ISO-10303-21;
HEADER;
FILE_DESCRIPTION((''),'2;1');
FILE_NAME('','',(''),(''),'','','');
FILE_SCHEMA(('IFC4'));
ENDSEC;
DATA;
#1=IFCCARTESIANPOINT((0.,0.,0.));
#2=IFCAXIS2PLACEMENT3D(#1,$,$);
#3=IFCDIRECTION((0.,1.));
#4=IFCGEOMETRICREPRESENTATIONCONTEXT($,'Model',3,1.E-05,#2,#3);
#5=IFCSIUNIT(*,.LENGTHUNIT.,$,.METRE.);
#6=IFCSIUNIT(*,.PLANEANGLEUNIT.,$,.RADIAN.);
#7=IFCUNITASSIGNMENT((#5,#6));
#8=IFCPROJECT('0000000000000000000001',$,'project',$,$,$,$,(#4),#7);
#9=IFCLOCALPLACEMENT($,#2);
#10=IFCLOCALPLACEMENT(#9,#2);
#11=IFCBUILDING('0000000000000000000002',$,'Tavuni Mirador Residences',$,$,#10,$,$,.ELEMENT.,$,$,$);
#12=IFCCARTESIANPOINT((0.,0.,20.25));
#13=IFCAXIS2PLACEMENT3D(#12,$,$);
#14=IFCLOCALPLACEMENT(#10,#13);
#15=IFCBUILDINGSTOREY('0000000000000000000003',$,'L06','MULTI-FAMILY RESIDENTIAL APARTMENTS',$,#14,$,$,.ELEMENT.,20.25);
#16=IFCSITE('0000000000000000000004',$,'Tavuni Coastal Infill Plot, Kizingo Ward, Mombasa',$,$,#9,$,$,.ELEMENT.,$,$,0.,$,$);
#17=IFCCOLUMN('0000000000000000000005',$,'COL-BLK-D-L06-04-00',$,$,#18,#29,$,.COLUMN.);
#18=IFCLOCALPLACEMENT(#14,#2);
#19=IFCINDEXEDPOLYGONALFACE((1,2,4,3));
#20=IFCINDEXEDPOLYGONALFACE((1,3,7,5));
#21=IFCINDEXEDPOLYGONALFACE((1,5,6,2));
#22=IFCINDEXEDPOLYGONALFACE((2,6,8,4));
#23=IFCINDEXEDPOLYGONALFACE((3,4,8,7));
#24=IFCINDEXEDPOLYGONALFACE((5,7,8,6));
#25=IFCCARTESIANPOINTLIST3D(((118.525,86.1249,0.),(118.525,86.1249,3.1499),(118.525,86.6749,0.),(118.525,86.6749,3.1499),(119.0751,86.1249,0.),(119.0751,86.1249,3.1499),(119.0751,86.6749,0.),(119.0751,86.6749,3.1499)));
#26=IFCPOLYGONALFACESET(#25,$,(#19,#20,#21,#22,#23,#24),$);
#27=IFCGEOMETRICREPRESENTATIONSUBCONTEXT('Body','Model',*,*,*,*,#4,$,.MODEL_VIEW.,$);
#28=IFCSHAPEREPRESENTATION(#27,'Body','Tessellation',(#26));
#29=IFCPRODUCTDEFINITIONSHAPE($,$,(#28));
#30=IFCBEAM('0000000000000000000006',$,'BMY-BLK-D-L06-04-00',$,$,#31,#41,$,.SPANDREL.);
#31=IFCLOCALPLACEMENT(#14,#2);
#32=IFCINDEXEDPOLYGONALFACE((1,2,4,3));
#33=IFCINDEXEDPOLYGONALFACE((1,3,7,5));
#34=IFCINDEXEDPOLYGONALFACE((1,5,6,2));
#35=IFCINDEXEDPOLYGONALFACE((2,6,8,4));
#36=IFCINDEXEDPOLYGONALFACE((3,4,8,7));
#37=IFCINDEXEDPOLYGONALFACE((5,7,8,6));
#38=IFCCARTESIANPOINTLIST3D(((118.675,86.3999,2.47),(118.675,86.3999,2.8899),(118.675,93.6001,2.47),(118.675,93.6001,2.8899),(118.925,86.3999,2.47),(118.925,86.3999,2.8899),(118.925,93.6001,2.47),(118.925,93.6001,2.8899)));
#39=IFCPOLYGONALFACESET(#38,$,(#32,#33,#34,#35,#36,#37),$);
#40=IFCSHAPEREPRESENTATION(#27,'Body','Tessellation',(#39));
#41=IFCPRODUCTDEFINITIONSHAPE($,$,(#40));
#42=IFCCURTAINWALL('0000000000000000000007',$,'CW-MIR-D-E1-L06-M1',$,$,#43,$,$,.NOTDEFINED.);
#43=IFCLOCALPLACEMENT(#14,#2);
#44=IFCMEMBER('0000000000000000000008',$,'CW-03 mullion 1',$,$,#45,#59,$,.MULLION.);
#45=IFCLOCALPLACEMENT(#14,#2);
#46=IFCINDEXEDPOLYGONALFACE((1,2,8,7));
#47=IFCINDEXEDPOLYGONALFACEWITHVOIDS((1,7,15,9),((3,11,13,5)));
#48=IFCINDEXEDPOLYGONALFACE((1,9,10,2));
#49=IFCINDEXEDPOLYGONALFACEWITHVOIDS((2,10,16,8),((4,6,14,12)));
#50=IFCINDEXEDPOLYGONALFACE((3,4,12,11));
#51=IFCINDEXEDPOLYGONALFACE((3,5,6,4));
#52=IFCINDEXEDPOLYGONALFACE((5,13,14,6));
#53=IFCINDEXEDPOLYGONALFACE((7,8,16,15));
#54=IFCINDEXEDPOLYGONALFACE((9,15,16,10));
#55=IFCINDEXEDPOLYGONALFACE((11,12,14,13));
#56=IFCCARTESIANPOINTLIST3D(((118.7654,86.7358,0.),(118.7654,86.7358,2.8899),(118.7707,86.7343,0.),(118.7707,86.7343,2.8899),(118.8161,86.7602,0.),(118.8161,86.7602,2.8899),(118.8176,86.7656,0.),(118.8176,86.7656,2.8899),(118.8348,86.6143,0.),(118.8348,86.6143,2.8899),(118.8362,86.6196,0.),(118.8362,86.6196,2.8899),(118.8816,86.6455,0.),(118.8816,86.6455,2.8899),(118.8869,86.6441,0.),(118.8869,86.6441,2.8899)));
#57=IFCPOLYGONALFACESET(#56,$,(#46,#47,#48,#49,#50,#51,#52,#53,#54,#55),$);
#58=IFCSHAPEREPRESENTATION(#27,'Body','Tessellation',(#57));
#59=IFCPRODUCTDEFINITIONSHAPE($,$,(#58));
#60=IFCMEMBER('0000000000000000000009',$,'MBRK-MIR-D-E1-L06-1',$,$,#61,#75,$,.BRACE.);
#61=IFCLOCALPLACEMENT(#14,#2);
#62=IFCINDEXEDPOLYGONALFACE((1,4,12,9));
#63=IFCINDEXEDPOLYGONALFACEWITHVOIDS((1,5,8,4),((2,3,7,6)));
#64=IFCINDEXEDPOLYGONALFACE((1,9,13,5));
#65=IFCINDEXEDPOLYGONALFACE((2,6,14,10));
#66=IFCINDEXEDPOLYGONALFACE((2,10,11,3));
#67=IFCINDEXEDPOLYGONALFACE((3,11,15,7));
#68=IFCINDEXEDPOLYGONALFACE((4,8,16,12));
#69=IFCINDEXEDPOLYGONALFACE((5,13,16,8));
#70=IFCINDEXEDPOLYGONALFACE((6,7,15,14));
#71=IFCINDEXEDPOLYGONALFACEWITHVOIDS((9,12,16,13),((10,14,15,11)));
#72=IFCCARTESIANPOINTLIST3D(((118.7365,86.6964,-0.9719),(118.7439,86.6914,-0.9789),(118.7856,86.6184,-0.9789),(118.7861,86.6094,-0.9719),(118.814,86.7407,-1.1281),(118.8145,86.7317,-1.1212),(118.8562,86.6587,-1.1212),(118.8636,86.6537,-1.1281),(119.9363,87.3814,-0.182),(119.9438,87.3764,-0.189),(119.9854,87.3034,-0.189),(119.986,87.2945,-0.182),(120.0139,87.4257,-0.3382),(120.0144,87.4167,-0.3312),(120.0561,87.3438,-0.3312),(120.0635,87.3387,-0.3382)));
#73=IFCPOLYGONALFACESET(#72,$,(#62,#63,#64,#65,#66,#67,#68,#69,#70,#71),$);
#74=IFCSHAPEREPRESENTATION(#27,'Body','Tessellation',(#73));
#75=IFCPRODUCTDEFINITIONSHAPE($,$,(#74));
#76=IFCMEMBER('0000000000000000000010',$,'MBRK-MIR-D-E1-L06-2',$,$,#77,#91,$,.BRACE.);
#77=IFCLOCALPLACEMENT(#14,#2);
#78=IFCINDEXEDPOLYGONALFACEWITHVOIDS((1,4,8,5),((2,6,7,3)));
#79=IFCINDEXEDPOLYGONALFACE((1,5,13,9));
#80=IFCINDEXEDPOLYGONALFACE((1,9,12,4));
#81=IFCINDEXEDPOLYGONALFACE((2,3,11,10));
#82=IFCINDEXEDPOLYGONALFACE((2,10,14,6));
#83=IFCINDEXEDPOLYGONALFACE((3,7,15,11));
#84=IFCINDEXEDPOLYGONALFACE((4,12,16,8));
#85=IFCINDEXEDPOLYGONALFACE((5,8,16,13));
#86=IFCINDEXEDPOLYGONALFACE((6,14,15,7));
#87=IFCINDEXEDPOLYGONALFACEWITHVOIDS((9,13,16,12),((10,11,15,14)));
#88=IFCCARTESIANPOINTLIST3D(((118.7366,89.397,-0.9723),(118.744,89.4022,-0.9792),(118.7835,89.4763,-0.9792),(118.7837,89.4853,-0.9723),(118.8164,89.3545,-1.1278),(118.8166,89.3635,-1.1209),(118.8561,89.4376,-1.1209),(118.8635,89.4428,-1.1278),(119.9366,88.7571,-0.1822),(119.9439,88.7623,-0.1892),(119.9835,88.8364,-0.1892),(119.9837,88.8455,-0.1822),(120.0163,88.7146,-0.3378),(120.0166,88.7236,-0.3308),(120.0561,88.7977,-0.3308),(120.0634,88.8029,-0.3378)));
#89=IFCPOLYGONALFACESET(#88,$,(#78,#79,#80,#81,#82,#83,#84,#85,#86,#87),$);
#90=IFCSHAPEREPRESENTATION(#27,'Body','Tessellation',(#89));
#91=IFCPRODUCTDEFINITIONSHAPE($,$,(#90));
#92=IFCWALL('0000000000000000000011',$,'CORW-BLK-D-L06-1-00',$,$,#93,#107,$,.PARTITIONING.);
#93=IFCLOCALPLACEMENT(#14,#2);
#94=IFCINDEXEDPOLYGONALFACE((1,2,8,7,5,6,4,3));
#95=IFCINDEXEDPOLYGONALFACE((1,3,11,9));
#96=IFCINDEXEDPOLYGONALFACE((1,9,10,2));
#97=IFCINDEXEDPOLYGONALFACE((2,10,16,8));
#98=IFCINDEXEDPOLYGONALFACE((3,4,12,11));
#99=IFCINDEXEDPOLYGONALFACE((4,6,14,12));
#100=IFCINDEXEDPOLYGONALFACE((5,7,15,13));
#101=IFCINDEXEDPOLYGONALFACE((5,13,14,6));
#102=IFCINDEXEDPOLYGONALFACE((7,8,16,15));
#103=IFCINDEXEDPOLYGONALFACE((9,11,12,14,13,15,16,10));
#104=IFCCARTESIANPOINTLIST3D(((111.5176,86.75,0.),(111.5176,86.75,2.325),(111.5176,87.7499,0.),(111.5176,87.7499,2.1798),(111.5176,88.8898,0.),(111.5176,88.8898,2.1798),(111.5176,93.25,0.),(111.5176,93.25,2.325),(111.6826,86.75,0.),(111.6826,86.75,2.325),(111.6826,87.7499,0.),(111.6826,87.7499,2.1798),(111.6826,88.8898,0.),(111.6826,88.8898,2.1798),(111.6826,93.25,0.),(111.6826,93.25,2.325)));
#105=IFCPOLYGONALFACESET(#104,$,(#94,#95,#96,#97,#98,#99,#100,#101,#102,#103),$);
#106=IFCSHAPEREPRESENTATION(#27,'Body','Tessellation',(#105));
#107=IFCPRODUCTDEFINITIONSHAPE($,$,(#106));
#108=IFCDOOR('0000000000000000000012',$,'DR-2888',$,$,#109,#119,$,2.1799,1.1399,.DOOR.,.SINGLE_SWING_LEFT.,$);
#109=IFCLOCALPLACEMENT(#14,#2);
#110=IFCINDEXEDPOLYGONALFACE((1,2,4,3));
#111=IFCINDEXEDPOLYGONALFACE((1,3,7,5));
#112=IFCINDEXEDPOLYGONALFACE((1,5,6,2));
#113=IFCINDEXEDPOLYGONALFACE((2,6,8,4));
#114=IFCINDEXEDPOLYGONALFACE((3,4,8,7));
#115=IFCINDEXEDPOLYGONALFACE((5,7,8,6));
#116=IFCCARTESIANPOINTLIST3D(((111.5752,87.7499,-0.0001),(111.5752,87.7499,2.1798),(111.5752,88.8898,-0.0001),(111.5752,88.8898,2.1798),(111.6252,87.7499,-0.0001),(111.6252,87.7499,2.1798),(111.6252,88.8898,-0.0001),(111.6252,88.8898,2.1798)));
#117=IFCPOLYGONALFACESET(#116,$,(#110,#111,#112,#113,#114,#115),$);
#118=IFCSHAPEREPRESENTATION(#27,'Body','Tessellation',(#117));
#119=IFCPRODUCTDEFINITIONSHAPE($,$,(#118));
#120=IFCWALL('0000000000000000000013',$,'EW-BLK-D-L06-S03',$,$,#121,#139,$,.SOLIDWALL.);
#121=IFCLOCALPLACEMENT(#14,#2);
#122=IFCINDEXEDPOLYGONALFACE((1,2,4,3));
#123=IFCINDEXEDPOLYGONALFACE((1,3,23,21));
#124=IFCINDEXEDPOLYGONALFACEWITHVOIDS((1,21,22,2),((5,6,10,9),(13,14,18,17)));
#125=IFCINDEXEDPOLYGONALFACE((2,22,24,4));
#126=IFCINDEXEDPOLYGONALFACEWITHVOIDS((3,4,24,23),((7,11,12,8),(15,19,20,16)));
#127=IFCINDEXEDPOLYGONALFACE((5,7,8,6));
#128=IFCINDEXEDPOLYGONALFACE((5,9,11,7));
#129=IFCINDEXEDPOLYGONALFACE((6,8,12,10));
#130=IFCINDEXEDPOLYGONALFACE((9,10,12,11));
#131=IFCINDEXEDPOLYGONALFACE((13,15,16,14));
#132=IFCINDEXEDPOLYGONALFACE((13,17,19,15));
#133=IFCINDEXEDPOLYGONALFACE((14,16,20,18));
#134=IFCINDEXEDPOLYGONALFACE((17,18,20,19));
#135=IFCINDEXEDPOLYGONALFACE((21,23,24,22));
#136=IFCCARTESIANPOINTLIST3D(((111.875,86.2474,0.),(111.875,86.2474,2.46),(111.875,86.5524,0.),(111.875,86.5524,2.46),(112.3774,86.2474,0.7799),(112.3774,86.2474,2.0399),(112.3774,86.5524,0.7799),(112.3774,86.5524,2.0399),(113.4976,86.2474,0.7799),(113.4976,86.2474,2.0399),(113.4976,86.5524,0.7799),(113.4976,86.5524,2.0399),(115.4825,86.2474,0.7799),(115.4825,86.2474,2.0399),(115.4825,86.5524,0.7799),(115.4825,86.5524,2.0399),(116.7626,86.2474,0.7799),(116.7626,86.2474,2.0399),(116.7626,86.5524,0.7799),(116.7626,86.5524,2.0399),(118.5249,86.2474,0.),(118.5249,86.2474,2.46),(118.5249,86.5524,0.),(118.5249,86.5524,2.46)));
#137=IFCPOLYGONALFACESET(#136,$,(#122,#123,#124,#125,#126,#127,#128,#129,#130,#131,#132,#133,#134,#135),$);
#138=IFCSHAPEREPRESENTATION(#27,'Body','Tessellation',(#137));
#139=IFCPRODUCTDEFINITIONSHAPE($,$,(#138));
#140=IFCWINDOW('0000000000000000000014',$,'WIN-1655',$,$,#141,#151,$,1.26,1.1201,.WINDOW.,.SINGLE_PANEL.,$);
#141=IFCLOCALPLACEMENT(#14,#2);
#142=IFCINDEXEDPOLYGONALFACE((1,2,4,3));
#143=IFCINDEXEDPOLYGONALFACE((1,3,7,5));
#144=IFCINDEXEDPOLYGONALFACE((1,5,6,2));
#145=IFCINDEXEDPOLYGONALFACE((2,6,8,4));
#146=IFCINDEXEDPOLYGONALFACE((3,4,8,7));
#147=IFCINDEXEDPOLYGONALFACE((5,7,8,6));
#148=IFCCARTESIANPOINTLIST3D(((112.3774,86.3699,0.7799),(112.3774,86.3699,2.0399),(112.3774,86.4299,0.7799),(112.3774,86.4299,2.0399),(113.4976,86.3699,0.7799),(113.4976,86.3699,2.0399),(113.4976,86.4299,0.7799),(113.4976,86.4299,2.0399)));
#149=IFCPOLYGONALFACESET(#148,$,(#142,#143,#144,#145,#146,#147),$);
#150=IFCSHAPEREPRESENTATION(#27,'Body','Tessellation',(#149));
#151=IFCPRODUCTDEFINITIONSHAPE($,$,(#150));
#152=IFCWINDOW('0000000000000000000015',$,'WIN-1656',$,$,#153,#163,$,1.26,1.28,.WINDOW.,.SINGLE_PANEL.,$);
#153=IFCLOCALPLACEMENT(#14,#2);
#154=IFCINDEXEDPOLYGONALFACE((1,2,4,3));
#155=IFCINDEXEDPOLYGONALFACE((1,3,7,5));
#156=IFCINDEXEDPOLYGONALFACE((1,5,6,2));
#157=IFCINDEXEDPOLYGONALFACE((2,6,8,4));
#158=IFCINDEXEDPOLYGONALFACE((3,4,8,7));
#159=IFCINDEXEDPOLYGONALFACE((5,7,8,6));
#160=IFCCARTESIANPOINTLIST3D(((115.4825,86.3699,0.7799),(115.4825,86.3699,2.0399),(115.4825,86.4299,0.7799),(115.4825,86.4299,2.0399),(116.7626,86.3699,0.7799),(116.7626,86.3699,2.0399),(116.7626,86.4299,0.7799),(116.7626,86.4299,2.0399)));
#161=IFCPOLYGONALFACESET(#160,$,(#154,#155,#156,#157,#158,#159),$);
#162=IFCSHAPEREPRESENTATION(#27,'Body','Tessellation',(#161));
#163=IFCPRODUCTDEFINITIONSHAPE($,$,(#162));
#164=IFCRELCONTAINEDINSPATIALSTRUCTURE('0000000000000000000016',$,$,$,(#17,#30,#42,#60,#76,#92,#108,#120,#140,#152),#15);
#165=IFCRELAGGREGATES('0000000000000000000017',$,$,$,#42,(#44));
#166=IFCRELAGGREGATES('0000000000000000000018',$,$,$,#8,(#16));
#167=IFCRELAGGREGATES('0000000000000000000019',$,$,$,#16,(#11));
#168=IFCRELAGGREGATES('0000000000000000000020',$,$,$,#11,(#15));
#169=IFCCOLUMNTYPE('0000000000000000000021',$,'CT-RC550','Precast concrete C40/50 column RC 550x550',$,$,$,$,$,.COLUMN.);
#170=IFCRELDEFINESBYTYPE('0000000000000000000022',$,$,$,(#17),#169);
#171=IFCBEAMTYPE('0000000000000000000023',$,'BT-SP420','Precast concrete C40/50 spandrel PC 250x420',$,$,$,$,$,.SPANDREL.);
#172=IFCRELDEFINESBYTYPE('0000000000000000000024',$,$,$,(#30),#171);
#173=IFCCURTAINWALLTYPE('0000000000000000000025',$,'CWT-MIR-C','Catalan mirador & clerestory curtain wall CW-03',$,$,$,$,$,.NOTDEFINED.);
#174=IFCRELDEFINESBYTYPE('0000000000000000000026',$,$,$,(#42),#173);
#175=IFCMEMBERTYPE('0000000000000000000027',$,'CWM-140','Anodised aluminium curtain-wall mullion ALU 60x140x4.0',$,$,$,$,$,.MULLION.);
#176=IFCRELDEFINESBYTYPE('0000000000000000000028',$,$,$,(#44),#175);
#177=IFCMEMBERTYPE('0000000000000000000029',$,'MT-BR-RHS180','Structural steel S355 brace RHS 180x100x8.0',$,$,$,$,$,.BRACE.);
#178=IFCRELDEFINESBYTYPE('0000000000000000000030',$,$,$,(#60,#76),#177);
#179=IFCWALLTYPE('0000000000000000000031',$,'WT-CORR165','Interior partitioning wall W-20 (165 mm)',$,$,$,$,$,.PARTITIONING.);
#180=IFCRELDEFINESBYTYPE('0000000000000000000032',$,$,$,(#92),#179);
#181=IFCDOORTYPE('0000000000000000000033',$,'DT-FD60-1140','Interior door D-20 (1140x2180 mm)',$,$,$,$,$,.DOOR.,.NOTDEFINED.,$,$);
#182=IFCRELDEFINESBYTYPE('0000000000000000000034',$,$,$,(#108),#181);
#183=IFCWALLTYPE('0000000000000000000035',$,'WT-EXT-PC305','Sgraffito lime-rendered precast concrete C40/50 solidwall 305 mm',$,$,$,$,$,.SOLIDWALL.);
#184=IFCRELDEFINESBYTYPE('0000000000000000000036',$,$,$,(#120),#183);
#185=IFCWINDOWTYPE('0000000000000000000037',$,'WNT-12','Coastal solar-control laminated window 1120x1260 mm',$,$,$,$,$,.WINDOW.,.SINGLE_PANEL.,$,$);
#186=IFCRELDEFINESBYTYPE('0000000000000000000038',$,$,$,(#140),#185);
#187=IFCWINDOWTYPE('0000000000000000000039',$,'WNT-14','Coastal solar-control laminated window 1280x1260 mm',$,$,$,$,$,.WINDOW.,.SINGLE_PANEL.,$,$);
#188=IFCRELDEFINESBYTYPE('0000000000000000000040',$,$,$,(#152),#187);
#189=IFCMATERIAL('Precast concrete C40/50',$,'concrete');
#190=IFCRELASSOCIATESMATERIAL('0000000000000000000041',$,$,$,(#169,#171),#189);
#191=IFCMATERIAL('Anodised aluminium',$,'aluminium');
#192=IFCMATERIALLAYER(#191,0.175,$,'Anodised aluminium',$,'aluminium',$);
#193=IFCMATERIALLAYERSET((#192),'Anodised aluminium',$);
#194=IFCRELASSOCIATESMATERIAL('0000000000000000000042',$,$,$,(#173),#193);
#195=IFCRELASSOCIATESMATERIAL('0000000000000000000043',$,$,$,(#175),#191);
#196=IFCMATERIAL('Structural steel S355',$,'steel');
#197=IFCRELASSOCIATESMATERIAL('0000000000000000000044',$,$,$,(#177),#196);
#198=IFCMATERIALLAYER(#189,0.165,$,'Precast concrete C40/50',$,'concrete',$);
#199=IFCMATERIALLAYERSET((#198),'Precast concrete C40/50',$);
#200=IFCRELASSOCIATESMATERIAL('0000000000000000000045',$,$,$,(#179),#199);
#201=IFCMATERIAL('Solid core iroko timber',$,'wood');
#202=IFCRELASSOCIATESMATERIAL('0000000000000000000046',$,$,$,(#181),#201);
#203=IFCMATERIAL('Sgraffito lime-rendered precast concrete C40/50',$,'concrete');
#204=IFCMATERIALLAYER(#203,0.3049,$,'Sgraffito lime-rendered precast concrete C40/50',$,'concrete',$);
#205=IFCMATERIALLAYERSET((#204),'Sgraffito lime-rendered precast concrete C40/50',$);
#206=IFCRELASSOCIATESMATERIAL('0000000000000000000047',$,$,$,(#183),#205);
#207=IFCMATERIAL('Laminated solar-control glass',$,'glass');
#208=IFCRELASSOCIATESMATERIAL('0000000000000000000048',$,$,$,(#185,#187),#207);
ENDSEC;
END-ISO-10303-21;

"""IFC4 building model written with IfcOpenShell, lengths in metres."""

from ifc_helpers import new_model, si_unit, direction, frame, frame_2d, origin, origin_2d, place, context, subcontext, project, spatial, rectangle, hollow_rectangle, extrude, material, layer, layer_set, material_profile, profile_set, type_object, element, fill, aggregate, save


model = new_model("IFC4")

# Units and contexts
model_context = context("Model", 3, precision=1e-05, world=origin(), true_north=direction((0.0, 1.0)))
body_context = subcontext(model_context, "Body", "Model", "MODEL_VIEW")
ifc_project = project(units=[si_unit("LENGTHUNIT", "METRE"), si_unit("PLANEANGLEUNIT", "RADIAN")], contexts=[model_context])

# Site, building, storey
site_placement = place(None, origin())
site = spatial("IfcSite", under=ifc_project, at=site_placement, Name="Tavuni Coastal Infill Plot, Kizingo Ward, Mombasa", CompositionType="ELEMENT", RefElevation=0.0)
building_placement = place(site_placement, origin())
building = spatial("IfcBuilding", under=site, at=building_placement, Name="Tavuni Mirador Residences", CompositionType="ELEMENT")
storey_placement = place(building_placement, frame((0.0, 0.0, 20.25)))
storey = spatial("IfcBuildingStorey", under=building, at=storey_placement, Name="L06", Description="MULTI-FAMILY RESIDENTIAL APARTMENTS", CompositionType="ELEMENT", Elevation=20.25)

# Column
ifc_material_1 = material(Name="Precast concrete C40/50", Category="concrete")
ifc_material_profile_1 = material_profile(ifc_material_1, rectangle(XDim=0.55, YDim=0.55, at=origin_2d()), Name="RC 550x550", Category="concrete")
ifc_profile_set_1 = profile_set([ifc_material_profile_1], Name="Precast concrete C40/50")
column_type = type_object("IfcColumnType", Name="CT-RC550", Description="Precast concrete C40/50 column RC 550x550", PredefinedType="COLUMN", material=ifc_profile_set_1)
column_placement = place(storey_placement, frame((118.8, 86.3999, 0.0), z_axis=(0.0, 0.0, 1.0), x_axis=(1.0, 0.0, 0.0)))
element("IfcColumn", 1, at=column_placement, inside=storey, type_object=column_type, Name="COL-BLK-D-L06-04-00", PredefinedType="COLUMN", context=body_context, shape_type="SweptSolid", body=[
    extrude(rectangle(XDim=0.55, YDim=0.55, at=origin_2d()), origin(), (0.0, 0.0, 1.0), 3.1499),
])

# Beam
ifc_material_profile_2 = material_profile(ifc_material_1, rectangle(XDim=0.25, YDim=0.4199, at=origin_2d()), Name="PC 250x420", Category="concrete")
ifc_profile_set_2 = profile_set([ifc_material_profile_2], Name="Precast concrete C40/50")
beam_type = type_object("IfcBeamType", Name="BT-SP420", Description="Precast concrete C40/50 spandrel PC 250x420", PredefinedType="SPANDREL", material=ifc_profile_set_2)
beam_placement = place(storey_placement, frame((118.8, 86.3999, 2.6799), z_axis=(0.0, 1.0, 0.0), x_axis=(-1.0, 0.0, 0.0)))
element("IfcBeam", 2, at=beam_placement, inside=storey, type_object=beam_type, Name="BMY-BLK-D-L06-04-00", PredefinedType="SPANDREL", context=body_context, shape_type="SweptSolid", body=[
    extrude(rectangle(XDim=0.25, YDim=0.4199, at=origin_2d()), origin(), (0.0, 0.0, 1.0), 7.2002),
])

# Curtain wall, member
ifc_material_2 = material(Name="Anodised aluminium", Category="aluminium")
ifc_layer_1 = layer(ifc_material_2, 0.175, Name="Anodised aluminium", Category="aluminium")
ifc_layer_set_1 = layer_set([ifc_layer_1], Name="Anodised aluminium")
curtain_wall_type = type_object("IfcCurtainWallType", Name="CWT-MIR-C", Description="Catalan mirador & clerestory curtain wall CW-03", PredefinedType="NOTDEFINED", material=ifc_layer_set_1)
curtain_wall_placement = place(storey_placement, origin())
curtain_wall = element("IfcCurtainWall", 3, at=curtain_wall_placement, inside=storey, type_object=curtain_wall_type, Name="CW-MIR-D-E1-L06-M1", PredefinedType="NOTDEFINED")
ifc_material_profile_3 = material_profile(ifc_material_2, hollow_rectangle(XDim=0.0601, YDim=0.1399, WallThickness=0.0039, at=origin_2d()), Name="ALU 60x140x4.0", Category="aluminium")
ifc_profile_set_3 = profile_set([ifc_material_profile_3], Name="Anodised aluminium")
member_type_1 = type_object("IfcMemberType", Name="CWM-140", Description="Anodised aluminium curtain-wall mullion ALU 60x140x4.0", PredefinedType="MULLION", material=ifc_profile_set_3)
member_1_placement = place(storey_placement, frame((118.8262, 86.6899, 0.0), z_axis=(0.0, 0.0, 1.0), x_axis=(0.868466, 0.495749, 0.0)))
member_1 = element("IfcMember", 4, at=member_1_placement, type_object=member_type_1, Name="CW-03 mullion 1", PredefinedType="MULLION", context=body_context, shape_type="SweptSolid", body=[
    extrude(hollow_rectangle(XDim=0.0601, YDim=0.1399, WallThickness=0.0039, at=origin_2d()), origin(), (0.0, 0.0, 1.0), 2.8899),
])
aggregate(curtain_wall, [member_1])

# Members
ifc_material_3 = material(Name="Structural steel S355", Category="steel")
ifc_material_profile_4 = material_profile(ifc_material_3, hollow_rectangle(XDim=0.1001, YDim=0.1799, WallThickness=0.0081, at=origin_2d()), Name="RHS 180x100x8.0", Category="steel")
ifc_profile_set_4 = profile_set([ifc_material_profile_4], Name="Structural steel S355")
member_type_2 = type_object("IfcMemberType", Name="MT-BR-RHS180", Description="Structural steel S355 brace RHS 180x100x8.0", PredefinedType="BRACE", material=ifc_profile_set_4)
member_2_placement = place(storey_placement, frame((118.8, 86.675, -1.05), z_axis=(0.753904, 0.430408, 0.496365), x_axis=(-0.495796, 0.868439, 0.0)))
element("IfcMember", 5, at=member_2_placement, inside=storey, type_object=member_type_2, Name="MBRK-MIR-D-E1-L06-1", PredefinedType="BRACE", context=body_context, shape_type="SweptSolid", body=[
    extrude(hollow_rectangle(XDim=0.1001, YDim=0.1799, WallThickness=0.0081, at=origin_2d()), origin(), (0.0, 0.0, 1.0), 1.5916),
])
member_3_placement = place(storey_placement, frame((118.8, 89.4199, -1.05), z_axis=(0.762969, -0.406865, 0.502333), x_axis=(0.470542, 0.882378, 0.0)))
element("IfcMember", 6, at=member_3_placement, inside=storey, type_object=member_type_2, Name="MBRK-MIR-D-E1-L06-2", PredefinedType="BRACE", context=body_context, shape_type="SweptSolid", body=[
    extrude(hollow_rectangle(XDim=0.1001, YDim=0.1799, WallThickness=0.0081, at=origin_2d()), origin(), (0.0, 0.0, 1.0), 1.5728),
])

# Wall, opening, door
ifc_layer_2 = layer(ifc_material_1, 0.165, Name="Precast concrete C40/50", Category="concrete")
ifc_layer_set_2 = layer_set([ifc_layer_2], Name="Precast concrete C40/50")
wall_type_1 = type_object("IfcWallType", Name="WT-CORR165", Description="Interior partitioning wall W-20 (165 mm)", PredefinedType="PARTITIONING", material=ifc_layer_set_2)
wall_1_placement = place(storey_placement, frame((111.6001, 86.75, 0.0), z_axis=(0.0, 0.0, 1.0), x_axis=(0.0, 1.0, 0.0)))
wall_1 = element("IfcWall", 7, at=wall_1_placement, inside=storey, type_object=wall_type_1, Name="CORW-BLK-D-L06-1-00", PredefinedType="PARTITIONING", context=body_context, shape_type="SweptSolid", body=[
    extrude(rectangle(XDim=6.5, YDim=0.165, at=frame_2d((3.25, 0.0))), origin(), (0.0, 0.0, 1.0), 2.325),
])
opening_1_placement = place(wall_1_placement, frame((1.0, 0.0, 0.0)))
opening_1 = element("IfcOpeningElement", 8, at=opening_1_placement, cuts=wall_1, PredefinedType="OPENING", context=body_context, shape_type="SweptSolid", body=[
    extrude(rectangle(XDim=1.1399, YDim=2.1799, at=frame_2d((0.5698, 1.0898))), frame((0.0, 0.0925, 0.0), z_axis=(0.0, -1.0, 0.0), x_axis=(1.0, 0.0, 0.0)), (0.0, 0.0, 1.0), 0.1851),
])
ifc_material_4 = material(Name="Solid core iroko timber", Category="wood")
door_type_1 = type_object("IfcDoorType", Name="DT-FD60-1140", Description="Interior door D-20 (1140x2180 mm)", OperationType="NOTDEFINED", PredefinedType="DOOR", material=ifc_material_4)
door_1_placement = place(opening_1_placement, origin())
door_1 = element("IfcDoor", 9, at=door_1_placement, inside=storey, type_object=door_type_1, Name="DR-2888", OperationType="SINGLE_SWING_LEFT", OverallHeight=2.1799, OverallWidth=1.1399, PredefinedType="DOOR", context=body_context, shape_type="SweptSolid", body=[
    extrude(rectangle(XDim=1.1399, YDim=2.1799, at=frame_2d((0.5698, 1.0898))), frame((0.0, 0.0249, 0.0), z_axis=(0.0, -1.0, 0.0), x_axis=(1.0, 0.0, 0.0)), (0.0, 0.0, 1.0), 0.05),
])
fill(opening_1, door_1)

# Wall, openings, windows
ifc_material_5 = material(Name="Sgraffito lime-rendered precast concrete C40/50", Category="concrete")
ifc_layer_3 = layer(ifc_material_5, 0.3049, Name="Sgraffito lime-rendered precast concrete C40/50", Category="concrete")
ifc_layer_set_3 = layer_set([ifc_layer_3], Name="Sgraffito lime-rendered precast concrete C40/50")
wall_type_2 = type_object("IfcWallType", Name="WT-EXT-PC305", Description="Sgraffito lime-rendered precast concrete C40/50 solidwall 305 mm", PredefinedType="SOLIDWALL", material=ifc_layer_set_3)
wall_2_placement = place(storey_placement, frame((111.875, 86.3999, 0.0), z_axis=(0.0, 0.0, 1.0), x_axis=(1.0, 0.0, 0.0)))
wall_2 = element("IfcWall", 10, at=wall_2_placement, inside=storey, type_object=wall_type_2, Name="EW-BLK-D-L06-S03", PredefinedType="SOLIDWALL", context=body_context, shape_type="SweptSolid", body=[
    extrude(rectangle(XDim=6.6499, YDim=0.3049, at=frame_2d((3.325, 0.0))), origin(), (0.0, 0.0, 1.0), 2.46),
])
opening_2_placement = place(wall_2_placement, frame((0.5024, 0.0, 0.78)))
opening_2 = element("IfcOpeningElement", 11, at=opening_2_placement, cuts=wall_2, PredefinedType="OPENING", context=body_context, shape_type="SweptSolid", body=[
    extrude(rectangle(XDim=1.1201, YDim=1.26, at=frame_2d((0.5601, 0.6299))), frame((0.0, 0.1626, 0.0), z_axis=(0.0, -1.0, 0.0), x_axis=(1.0, 0.0, 0.0)), (0.0, 0.0, 1.0), 0.325),
])
opening_3_placement = place(wall_2_placement, frame((3.6074, 0.0, 0.78)))
opening_3 = element("IfcOpeningElement", 12, at=opening_3_placement, cuts=wall_2, PredefinedType="OPENING", context=body_context, shape_type="SweptSolid", body=[
    extrude(rectangle(XDim=1.28, YDim=1.26, at=frame_2d((0.6401, 0.6299))), frame((0.0, 0.1626, 0.0), z_axis=(0.0, -1.0, 0.0), x_axis=(1.0, 0.0, 0.0)), (0.0, 0.0, 1.0), 0.325),
])
ifc_material_6 = material(Name="Laminated solar-control glass", Category="glass")
window_type_1 = type_object("IfcWindowType", Name="WNT-12", Description="Coastal solar-control laminated window 1120x1260 mm", PartitioningType="SINGLE_PANEL", PredefinedType="WINDOW", material=ifc_material_6)
window_1_placement = place(opening_2_placement, origin())
window_1 = element("IfcWindow", 13, at=window_1_placement, inside=storey, type_object=window_type_1, Name="WIN-1655", OverallHeight=1.26, OverallWidth=1.1201, PartitioningType="SINGLE_PANEL", PredefinedType="WINDOW", context=body_context, shape_type="SweptSolid", body=[
    extrude(rectangle(XDim=1.1201, YDim=1.26, at=frame_2d((0.5601, 0.6299))), frame((0.0, 0.03, 0.0), z_axis=(0.0, -1.0, 0.0), x_axis=(1.0, 0.0, 0.0)), (0.0, 0.0, 1.0), 0.0601),
])
fill(opening_2, window_1)
window_type_2 = type_object("IfcWindowType", Name="WNT-14", Description="Coastal solar-control laminated window 1280x1260 mm", PartitioningType="SINGLE_PANEL", PredefinedType="WINDOW", material=ifc_material_6)
window_2_placement = place(opening_3_placement, origin())
window_2 = element("IfcWindow", 14, at=window_2_placement, inside=storey, type_object=window_type_2, Name="WIN-1656", OverallHeight=1.26, OverallWidth=1.28, PartitioningType="SINGLE_PANEL", PredefinedType="WINDOW", context=body_context, shape_type="SweptSolid", body=[
    extrude(rectangle(XDim=1.28, YDim=1.26, at=frame_2d((0.6401, 0.6299))), frame((0.0, 0.03, 0.0), z_axis=(0.0, -1.0, 0.0), x_axis=(1.0, 0.0, 0.0)), (0.0, 0.0, 1.0), 0.0601),
])
fill(opening_3, window_2)

save(model, "model.ifc")
